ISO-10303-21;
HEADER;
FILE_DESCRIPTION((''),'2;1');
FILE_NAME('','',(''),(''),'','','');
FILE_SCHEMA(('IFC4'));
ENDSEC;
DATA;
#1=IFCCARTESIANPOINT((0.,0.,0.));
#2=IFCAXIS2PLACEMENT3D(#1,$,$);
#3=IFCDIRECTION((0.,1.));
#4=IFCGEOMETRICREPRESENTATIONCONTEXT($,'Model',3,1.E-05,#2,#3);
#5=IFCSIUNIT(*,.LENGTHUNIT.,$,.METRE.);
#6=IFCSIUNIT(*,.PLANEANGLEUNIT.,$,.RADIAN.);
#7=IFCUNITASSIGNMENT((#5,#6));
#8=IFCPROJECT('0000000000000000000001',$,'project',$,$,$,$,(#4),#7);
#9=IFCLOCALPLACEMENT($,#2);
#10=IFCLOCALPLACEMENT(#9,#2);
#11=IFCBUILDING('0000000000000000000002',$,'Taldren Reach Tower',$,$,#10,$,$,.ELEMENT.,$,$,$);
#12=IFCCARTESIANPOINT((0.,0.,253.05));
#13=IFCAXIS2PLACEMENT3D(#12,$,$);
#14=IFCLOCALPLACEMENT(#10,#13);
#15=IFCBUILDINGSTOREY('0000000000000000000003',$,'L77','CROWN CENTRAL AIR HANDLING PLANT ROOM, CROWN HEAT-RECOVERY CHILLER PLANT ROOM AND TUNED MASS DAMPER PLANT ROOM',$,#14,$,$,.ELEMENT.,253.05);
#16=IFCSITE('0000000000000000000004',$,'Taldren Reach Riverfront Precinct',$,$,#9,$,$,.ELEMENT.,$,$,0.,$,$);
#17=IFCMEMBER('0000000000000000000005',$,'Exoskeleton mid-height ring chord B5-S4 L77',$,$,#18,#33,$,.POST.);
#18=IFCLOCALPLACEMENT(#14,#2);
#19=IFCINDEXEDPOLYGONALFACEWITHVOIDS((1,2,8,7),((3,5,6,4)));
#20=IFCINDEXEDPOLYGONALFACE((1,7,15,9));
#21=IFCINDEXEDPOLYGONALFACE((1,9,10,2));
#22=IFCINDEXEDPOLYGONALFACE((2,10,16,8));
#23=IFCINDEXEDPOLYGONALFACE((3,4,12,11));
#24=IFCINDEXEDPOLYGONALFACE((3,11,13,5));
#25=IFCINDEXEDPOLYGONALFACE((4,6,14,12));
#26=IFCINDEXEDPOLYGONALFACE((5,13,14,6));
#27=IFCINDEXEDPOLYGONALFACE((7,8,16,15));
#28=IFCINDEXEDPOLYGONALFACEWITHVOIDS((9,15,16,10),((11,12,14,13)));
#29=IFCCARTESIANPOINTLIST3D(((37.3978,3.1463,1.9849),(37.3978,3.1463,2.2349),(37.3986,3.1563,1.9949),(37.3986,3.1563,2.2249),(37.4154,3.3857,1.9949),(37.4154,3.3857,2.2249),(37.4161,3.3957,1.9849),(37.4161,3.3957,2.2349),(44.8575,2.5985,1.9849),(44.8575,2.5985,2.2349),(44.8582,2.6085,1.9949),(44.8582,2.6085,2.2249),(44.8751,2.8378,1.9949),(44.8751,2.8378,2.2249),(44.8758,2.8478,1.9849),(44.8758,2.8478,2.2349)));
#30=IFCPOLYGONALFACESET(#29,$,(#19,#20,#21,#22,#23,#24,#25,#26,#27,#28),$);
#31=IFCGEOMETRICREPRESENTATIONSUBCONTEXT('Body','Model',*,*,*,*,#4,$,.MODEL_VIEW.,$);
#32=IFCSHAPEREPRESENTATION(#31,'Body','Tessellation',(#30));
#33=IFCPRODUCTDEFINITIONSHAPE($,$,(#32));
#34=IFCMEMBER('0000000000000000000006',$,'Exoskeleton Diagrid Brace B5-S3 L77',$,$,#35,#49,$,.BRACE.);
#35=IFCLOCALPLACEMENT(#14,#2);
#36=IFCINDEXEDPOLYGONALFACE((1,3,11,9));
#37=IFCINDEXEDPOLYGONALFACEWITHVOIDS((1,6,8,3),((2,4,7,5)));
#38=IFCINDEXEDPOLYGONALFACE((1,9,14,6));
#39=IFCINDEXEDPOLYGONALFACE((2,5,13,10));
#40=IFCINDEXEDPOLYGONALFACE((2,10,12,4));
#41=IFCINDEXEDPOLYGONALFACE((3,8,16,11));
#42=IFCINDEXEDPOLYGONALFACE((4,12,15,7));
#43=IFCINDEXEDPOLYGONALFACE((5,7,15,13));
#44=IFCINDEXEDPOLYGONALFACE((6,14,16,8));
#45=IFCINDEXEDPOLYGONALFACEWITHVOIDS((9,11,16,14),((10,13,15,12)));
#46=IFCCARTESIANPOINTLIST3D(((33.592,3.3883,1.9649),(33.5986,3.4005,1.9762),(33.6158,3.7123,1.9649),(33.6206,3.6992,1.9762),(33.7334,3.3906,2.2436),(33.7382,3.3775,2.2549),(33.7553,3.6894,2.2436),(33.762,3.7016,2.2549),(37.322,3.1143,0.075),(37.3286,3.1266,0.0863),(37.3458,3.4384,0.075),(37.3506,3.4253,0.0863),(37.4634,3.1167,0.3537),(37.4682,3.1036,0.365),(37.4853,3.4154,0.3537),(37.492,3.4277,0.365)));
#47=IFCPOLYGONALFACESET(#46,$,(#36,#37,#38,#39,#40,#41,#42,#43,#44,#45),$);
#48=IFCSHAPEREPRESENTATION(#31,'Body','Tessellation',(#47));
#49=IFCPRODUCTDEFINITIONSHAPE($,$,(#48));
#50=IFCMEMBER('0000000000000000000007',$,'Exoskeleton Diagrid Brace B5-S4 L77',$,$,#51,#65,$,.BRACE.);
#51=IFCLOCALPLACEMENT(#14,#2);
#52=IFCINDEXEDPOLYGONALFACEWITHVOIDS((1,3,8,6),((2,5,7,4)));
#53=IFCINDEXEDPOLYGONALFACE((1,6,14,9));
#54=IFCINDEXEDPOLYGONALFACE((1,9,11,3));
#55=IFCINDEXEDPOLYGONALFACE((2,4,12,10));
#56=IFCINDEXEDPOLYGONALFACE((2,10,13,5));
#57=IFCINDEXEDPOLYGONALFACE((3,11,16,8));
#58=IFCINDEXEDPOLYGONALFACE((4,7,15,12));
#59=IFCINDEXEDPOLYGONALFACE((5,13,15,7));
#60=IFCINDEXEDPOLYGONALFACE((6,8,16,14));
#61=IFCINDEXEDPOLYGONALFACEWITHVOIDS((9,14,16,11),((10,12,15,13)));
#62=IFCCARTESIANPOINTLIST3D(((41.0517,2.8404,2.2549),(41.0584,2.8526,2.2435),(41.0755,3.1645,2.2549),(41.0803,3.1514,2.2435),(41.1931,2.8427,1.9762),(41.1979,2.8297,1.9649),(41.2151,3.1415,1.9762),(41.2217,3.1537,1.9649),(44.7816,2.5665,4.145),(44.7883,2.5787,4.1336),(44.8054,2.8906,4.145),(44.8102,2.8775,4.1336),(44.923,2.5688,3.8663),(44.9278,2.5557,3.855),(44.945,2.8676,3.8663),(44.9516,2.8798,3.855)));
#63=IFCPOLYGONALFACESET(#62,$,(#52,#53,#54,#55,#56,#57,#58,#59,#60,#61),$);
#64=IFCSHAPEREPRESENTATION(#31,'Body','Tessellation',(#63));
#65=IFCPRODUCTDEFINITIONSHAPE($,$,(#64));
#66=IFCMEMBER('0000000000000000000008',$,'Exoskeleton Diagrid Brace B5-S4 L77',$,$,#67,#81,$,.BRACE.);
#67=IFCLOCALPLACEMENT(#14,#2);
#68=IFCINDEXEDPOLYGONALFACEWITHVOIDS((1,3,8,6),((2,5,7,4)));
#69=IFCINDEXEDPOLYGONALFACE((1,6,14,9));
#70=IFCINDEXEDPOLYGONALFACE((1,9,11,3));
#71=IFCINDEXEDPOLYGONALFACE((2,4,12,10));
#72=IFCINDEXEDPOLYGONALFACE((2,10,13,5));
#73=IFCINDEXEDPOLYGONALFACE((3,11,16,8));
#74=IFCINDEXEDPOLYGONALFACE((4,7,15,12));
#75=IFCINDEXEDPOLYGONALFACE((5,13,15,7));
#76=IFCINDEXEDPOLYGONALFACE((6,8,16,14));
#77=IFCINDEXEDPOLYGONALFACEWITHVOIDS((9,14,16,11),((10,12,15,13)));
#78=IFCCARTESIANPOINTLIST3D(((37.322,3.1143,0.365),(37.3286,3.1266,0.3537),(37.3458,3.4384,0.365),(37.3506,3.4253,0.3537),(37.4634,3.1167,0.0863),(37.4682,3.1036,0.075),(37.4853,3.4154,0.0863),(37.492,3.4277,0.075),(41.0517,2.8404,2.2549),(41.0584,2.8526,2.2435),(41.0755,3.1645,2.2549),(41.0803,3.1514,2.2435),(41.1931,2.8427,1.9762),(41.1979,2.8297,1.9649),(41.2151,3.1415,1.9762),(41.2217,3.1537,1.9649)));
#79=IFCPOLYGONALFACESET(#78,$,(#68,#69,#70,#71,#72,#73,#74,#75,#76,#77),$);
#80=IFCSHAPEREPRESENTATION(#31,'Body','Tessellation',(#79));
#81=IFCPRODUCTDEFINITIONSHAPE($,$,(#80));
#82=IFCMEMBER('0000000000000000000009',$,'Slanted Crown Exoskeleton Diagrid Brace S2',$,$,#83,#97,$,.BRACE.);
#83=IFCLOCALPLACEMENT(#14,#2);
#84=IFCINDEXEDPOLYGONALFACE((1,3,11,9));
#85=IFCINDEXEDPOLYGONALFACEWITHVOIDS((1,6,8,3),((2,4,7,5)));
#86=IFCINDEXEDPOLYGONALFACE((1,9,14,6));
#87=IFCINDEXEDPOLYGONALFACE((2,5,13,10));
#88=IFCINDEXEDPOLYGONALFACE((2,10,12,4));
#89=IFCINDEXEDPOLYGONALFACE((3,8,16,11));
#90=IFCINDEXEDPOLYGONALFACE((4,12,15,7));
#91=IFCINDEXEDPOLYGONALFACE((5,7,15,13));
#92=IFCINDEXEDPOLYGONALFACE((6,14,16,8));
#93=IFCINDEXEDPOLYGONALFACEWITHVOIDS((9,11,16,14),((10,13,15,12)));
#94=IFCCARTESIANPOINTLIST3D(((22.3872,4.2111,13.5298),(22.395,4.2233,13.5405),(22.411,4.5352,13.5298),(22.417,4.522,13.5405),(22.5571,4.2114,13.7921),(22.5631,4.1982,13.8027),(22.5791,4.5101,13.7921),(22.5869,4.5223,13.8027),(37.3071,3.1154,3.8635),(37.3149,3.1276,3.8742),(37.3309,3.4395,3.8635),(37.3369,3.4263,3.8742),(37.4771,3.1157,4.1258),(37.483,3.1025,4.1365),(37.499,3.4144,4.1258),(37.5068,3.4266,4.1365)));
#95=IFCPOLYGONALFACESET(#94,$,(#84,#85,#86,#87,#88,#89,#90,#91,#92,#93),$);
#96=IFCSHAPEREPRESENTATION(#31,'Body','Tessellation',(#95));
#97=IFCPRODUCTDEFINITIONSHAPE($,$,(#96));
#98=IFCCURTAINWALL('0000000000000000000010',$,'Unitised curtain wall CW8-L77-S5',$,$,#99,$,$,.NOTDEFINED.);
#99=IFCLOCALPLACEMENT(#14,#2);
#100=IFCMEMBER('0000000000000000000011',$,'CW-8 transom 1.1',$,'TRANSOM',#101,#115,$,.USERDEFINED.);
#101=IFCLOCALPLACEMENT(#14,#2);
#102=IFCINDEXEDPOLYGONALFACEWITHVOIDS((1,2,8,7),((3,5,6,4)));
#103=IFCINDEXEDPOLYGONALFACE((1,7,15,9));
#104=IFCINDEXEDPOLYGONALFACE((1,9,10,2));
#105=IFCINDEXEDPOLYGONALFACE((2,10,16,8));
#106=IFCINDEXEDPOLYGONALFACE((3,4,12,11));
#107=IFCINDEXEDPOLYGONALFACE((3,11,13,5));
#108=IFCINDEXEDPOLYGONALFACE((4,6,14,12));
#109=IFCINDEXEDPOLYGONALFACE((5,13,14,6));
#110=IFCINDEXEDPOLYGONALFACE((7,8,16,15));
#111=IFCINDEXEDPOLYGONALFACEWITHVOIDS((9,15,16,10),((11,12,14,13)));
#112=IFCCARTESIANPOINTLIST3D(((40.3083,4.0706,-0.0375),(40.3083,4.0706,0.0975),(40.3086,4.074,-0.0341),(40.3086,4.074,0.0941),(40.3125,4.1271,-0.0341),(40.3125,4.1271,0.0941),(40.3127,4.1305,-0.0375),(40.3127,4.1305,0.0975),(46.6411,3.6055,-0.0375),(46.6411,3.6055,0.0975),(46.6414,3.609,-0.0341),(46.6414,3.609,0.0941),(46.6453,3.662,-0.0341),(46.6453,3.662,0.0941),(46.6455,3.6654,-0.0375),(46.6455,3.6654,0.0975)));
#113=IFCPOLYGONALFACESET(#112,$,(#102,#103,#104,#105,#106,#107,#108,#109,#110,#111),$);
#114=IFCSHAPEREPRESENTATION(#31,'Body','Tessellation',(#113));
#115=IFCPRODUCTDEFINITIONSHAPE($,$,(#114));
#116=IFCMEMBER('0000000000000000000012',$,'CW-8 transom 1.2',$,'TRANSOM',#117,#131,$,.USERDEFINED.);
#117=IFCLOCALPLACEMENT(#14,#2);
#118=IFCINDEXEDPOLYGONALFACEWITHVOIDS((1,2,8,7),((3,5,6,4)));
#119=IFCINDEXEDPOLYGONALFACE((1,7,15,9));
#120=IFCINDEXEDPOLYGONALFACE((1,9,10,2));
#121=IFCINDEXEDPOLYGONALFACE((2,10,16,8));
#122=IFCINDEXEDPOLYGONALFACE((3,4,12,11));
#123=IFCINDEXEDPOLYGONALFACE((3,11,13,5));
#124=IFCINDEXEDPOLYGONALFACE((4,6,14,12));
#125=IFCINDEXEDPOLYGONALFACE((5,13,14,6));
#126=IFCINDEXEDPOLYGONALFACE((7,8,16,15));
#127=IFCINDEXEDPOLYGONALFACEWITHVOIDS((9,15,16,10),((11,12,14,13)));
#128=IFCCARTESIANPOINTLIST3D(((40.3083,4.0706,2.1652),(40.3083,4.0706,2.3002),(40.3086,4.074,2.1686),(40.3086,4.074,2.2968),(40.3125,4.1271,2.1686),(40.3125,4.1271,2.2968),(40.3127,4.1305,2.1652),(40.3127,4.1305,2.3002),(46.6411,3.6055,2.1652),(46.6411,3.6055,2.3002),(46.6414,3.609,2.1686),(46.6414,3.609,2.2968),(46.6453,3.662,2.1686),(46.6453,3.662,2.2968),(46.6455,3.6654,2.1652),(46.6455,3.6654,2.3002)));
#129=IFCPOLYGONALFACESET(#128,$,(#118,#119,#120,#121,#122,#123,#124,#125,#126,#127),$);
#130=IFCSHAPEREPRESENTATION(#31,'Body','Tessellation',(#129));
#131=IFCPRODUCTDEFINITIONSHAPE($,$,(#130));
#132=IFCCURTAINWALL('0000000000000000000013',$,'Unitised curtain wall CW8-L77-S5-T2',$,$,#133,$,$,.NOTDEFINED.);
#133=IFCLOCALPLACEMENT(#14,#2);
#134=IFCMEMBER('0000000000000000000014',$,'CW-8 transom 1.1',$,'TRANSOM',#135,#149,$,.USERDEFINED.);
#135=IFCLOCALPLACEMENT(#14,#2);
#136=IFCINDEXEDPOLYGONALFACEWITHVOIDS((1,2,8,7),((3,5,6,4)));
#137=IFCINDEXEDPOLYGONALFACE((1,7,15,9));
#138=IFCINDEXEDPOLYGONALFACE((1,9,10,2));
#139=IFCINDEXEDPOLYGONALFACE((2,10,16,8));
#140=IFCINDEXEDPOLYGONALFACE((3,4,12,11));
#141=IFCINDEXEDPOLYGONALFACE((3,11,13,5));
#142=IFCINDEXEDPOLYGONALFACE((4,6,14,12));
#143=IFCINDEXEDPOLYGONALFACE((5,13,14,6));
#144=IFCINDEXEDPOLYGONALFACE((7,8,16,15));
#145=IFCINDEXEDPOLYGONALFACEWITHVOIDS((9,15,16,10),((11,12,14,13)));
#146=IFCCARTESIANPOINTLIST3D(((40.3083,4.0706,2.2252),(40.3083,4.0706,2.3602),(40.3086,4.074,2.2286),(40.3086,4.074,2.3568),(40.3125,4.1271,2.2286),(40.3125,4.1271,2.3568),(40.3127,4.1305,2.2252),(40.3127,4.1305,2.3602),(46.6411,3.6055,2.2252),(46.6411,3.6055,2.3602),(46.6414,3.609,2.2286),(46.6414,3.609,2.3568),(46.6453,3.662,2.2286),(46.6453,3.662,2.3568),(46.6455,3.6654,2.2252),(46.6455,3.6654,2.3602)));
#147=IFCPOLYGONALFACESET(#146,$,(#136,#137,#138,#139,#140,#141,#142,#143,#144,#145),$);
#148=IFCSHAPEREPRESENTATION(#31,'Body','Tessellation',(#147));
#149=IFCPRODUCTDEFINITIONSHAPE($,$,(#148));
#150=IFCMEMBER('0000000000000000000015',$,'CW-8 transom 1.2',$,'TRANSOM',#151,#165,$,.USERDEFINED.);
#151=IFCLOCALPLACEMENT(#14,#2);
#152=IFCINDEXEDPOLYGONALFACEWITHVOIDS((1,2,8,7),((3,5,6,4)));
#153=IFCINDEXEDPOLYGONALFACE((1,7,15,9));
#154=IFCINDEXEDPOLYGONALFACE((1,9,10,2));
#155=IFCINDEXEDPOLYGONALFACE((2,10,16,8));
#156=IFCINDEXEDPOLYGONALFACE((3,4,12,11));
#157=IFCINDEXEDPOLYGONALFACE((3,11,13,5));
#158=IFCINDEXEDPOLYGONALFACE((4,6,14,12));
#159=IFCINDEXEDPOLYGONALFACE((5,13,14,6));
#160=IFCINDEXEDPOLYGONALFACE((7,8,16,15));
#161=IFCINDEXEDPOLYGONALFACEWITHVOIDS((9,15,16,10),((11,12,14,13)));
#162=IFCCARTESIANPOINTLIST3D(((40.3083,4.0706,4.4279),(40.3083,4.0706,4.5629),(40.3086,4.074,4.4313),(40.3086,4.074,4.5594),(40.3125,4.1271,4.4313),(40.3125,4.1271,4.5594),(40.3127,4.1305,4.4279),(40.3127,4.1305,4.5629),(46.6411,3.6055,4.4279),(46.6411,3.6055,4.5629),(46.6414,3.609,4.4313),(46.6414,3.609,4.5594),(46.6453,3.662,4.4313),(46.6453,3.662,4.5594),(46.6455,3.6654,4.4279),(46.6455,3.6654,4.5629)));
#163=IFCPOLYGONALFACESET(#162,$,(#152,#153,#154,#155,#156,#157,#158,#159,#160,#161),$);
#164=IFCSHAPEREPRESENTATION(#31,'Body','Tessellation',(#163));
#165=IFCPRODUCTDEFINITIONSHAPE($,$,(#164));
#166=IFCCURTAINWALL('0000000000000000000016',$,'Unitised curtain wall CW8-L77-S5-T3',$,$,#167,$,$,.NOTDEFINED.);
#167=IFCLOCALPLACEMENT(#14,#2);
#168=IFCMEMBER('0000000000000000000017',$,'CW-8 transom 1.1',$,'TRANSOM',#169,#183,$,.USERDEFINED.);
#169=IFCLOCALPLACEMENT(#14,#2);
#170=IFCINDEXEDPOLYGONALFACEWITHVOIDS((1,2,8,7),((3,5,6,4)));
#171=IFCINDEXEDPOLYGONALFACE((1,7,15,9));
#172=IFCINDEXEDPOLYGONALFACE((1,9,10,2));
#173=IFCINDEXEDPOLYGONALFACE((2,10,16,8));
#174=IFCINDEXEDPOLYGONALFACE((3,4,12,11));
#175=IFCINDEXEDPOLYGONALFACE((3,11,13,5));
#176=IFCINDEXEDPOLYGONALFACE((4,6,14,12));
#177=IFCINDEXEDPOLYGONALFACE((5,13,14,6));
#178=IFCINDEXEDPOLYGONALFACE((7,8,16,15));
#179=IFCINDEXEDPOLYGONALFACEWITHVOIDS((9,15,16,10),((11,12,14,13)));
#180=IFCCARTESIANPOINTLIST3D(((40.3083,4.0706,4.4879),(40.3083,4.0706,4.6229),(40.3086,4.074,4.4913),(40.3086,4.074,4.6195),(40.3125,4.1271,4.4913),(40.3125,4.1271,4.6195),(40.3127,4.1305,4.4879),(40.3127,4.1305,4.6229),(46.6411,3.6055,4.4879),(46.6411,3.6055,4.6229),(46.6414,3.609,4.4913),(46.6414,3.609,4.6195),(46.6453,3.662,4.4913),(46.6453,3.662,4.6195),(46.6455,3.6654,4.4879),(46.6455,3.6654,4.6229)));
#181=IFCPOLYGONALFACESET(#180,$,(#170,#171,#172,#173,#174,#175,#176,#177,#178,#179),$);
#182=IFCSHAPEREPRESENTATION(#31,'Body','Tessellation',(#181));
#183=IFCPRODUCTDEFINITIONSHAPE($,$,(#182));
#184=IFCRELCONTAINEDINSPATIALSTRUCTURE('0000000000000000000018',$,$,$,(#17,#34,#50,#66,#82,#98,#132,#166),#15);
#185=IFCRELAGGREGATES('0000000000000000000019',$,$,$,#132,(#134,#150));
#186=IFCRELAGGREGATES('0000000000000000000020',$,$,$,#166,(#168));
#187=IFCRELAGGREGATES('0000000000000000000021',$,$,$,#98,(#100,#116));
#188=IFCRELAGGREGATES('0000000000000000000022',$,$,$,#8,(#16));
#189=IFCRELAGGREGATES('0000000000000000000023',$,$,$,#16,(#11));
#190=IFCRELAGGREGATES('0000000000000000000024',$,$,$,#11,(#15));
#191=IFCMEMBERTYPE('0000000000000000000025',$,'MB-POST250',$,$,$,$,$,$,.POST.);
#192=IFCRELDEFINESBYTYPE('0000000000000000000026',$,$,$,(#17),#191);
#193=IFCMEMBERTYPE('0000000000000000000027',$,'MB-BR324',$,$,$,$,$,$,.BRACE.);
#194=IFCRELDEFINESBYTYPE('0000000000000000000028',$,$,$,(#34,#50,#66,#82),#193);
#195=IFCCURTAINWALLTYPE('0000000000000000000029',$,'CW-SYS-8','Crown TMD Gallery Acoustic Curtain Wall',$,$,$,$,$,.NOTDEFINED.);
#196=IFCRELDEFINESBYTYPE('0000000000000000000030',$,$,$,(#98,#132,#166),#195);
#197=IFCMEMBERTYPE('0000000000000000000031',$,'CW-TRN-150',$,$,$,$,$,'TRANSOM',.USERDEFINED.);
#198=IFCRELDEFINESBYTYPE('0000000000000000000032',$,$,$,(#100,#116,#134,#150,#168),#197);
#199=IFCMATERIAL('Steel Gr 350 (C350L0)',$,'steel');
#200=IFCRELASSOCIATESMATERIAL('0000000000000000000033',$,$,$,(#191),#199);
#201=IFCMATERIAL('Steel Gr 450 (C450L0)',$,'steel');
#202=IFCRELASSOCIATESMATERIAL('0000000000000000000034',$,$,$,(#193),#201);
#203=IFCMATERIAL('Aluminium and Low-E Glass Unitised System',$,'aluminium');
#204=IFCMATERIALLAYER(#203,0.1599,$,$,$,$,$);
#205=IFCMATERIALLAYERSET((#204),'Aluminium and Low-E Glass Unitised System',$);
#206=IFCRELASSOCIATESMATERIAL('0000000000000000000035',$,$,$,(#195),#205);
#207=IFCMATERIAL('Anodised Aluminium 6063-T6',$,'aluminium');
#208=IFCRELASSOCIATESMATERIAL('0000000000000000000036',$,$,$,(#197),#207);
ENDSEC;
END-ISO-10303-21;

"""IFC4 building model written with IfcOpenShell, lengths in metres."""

from ifc_helpers import new_model, si_unit, direction, frame, origin, origin_2d, place, context, subcontext, project, spatial, hollow_rectangle, extrude, source, transform, mapped, material, layer, layer_set, material_profile, profile_set, type_object, element, aggregate, save


model = new_model("IFC4")

# Units and contexts
model_context = context("Model", 3, precision=1e-05, world=origin(), true_north=direction((0.0, 1.0)))
body_context = subcontext(model_context, "Body", "Model", "MODEL_VIEW")
ifc_project = project(units=[si_unit("LENGTHUNIT", "METRE"), si_unit("PLANEANGLEUNIT", "RADIAN")], contexts=[model_context])

# Site, building, storey
site_placement = place(None, origin())
site = spatial("IfcSite", under=ifc_project, at=site_placement, Name="Taldren Reach Riverfront Precinct", CompositionType="ELEMENT", RefElevation=0.0)
building_placement = place(site_placement, origin())
building = spatial("IfcBuilding", under=site, at=building_placement, Name="Taldren Reach Tower", CompositionType="ELEMENT")
storey_placement = place(building_placement, frame((0.0, 0.0, 253.05)))
storey = spatial("IfcBuildingStorey", under=building, at=storey_placement, Name="L77", Description="CROWN CENTRAL AIR HANDLING PLANT ROOM, CROWN HEAT-RECOVERY CHILLER PLANT ROOM AND TUNED MASS DAMPER PLANT ROOM", CompositionType="ELEMENT", Elevation=253.05)

# Members
ifc_material_1 = material(Name="Steel Gr 350 (C350L0)", Category="steel")
ifc_material_profile_1 = material_profile(ifc_material_1, hollow_rectangle(XDim=0.25, YDim=0.25, WallThickness=0.01, at=origin_2d()), Name="250x250x10.0SHS")
ifc_profile_set_1 = profile_set([ifc_material_profile_1], Name="Steel Gr 350 (C350L0)")
member_type_1 = type_object("IfcMemberType", Name="MB-POST250", PredefinedType="POST", material=ifc_profile_set_1)
shared_shape_1 = source(origin(), body_context, "Body", "SweptSolid", [
    extrude(hollow_rectangle(XDim=0.25, YDim=0.25, WallThickness=0.01, at=origin_2d()), origin(), (0.0, 0.0, 1.0), 7.4797),
])
member_1_placement = place(storey_placement, frame((37.407, 3.271, 2.1099), z_axis=(0.997314, -0.073244, 0.0), x_axis=(0.073244, 0.997314, 0.0)))
element("IfcMember", 1, at=member_1_placement, inside=storey, type_object=member_type_1, Name="Exoskeleton mid-height ring chord B5-S4 L77", PredefinedType="POST", context=body_context, shape_type="MappedRepresentation", body=[
    mapped(shared_shape_1, transform((0.0, 0.0, 0.0), scale=1.0)),
])
ifc_material_2 = material(Name="Steel Gr 450 (C450L0)", Category="steel")
ifc_material_profile_2 = material_profile(ifc_material_2, hollow_rectangle(XDim=0.325, YDim=0.325, WallThickness=0.0127, at=origin_2d()), Name="325x325x12.7SHS")
ifc_profile_set_2 = profile_set([ifc_material_profile_2], Name="Steel Gr 450 (C450L0)")
member_type_2 = type_object("IfcMemberType", Name="MB-BR324", PredefinedType="BRACE", material=ifc_profile_set_2)
shared_shape_2 = source(origin(), body_context, "Body", "SweptSolid", [
    extrude(hollow_rectangle(XDim=0.325, YDim=0.325, WallThickness=0.0127, at=origin_2d()), origin(), (0.0, 0.0, 1.0), 4.1904),
])
for number, where, z_axis, x_axis, name in (
    (2, (37.407, 3.271, 0.22), (-0.890124, 0.06537, 0.451005), (-0.073242, -0.997314, 0.0), "Exoskeleton Diagrid Brace B5-S3 L77"),
    (3, (41.1367, 2.9971, 2.1099), (0.890101, -0.065368, 0.451051), (0.073242, 0.997314, 0.0), "Exoskeleton Diagrid Brace B5-S4 L77"),
):
    element("IfcMember", number, at=place(storey_placement, frame(where, z_axis=z_axis, x_axis=x_axis)), inside=storey, type_object=member_type_2, Name=name, PredefinedType="BRACE", context=body_context, shape_type="MappedRepresentation", body=[
        mapped(shared_shape_2, transform((0.0, 0.0, 0.0), scale=1.0)),
    ])
shared_shape_3 = source(origin(), body_context, "Body", "SweptSolid", [
    extrude(hollow_rectangle(XDim=0.325, YDim=0.325, WallThickness=0.0127, at=origin_2d()), origin(), (0.0, 0.0, 1.0), 4.1902),
])
member_2_placement = place(storey_placement, frame((37.407, 3.271, 0.22), z_axis=(0.890112, -0.065373, 0.451028), x_axis=(0.073246, 0.997314, 0.0)))
element("IfcMember", 4, at=member_2_placement, inside=storey, type_object=member_type_2, Name="Exoskeleton Diagrid Brace B5-S4 L77", PredefinedType="BRACE", context=body_context, shape_type="MappedRepresentation", body=[
    mapped(shared_shape_3, transform((0.0, 0.0, 0.0), scale=1.0)),
])
shared_shape_4 = source(origin(), body_context, "Body", "SweptSolid", [
    extrude(hollow_rectangle(XDim=0.325, YDim=0.325, WallThickness=0.0127, at=origin_2d()), origin(), (0.0, 0.0, 1.0), 17.8113),
])
member_3_placement = place(storey_placement, frame((37.407, 3.271, 4.0), z_axis=(-0.837668, 0.061517, 0.542705), x_axis=(-0.073242, -0.997314, 0.0)))
element("IfcMember", 5, at=member_3_placement, inside=storey, type_object=member_type_2, Name="Slanted Crown Exoskeleton Diagrid Brace S2", PredefinedType="BRACE", context=body_context, shape_type="MappedRepresentation", body=[
    mapped(shared_shape_4, transform((0.0, 0.0, 0.0), scale=1.0)),
])

# Curtain walls, members
ifc_material_3 = material(Name="Aluminium and Low-E Glass Unitised System", Category="aluminium")
ifc_layer_1 = layer(ifc_material_3, 0.1599)
ifc_layer_set_1 = layer_set([ifc_layer_1], Name="Aluminium and Low-E Glass Unitised System")
curtain_wall_type = type_object("IfcCurtainWallType", Name="CW-SYS-8", Description="Crown TMD Gallery Acoustic Curtain Wall", PredefinedType="NOTDEFINED", material=ifc_layer_set_1)
curtain_wall_1_placement = place(storey_placement, origin())
curtain_wall_1 = element("IfcCurtainWall", 6, at=curtain_wall_1_placement, inside=storey, type_object=curtain_wall_type, Name="Unitised curtain wall CW8-L77-S5", PredefinedType="NOTDEFINED")
ifc_material_4 = material(Name="Anodised Aluminium 6063-T6", Category="aluminium")
ifc_material_profile_3 = material_profile(ifc_material_4, hollow_rectangle(XDim=0.0601, YDim=0.135, WallThickness=0.0034, at=origin_2d()), Name="ALU-135x60x3.5RHS")
ifc_profile_set_3 = profile_set([ifc_material_profile_3], Name="Anodised Aluminium 6063-T6")
member_type_3 = type_object("IfcMemberType", Name="CW-TRN-150", ElementType="TRANSOM", PredefinedType="USERDEFINED", material=ifc_profile_set_3)
shared_shape_5 = source(origin(), body_context, "Body", "SweptSolid", [
    extrude(hollow_rectangle(XDim=0.0601, YDim=0.135, WallThickness=0.0034, at=origin_2d()), origin(), (0.0, 0.0, 1.0), 6.3499),
])
member_4_placement = place(storey_placement, frame((40.3105, 4.1006, 0.03), z_axis=(0.997314, -0.073244, 0.0), x_axis=(0.073244, 0.997314, 0.0)))
member_4 = element("IfcMember", 7, at=member_4_placement, type_object=member_type_3, Name="CW-8 transom 1.1", ObjectType="TRANSOM", PredefinedType="USERDEFINED", context=body_context, shape_type="MappedRepresentation", body=[
    mapped(shared_shape_5, transform((0.0, 0.0, 0.0), scale=1.0)),
])
member_5_placement = place(storey_placement, frame((40.3105, 4.1006, 2.2327), z_axis=(0.997314, -0.073244, 0.0), x_axis=(0.073244, 0.997314, 0.0)))
member_5 = element("IfcMember", 8, at=member_5_placement, type_object=member_type_3, Name="CW-8 transom 1.2", ObjectType="TRANSOM", PredefinedType="USERDEFINED", context=body_context, shape_type="MappedRepresentation", body=[
    mapped(shared_shape_5, transform((0.0, 0.0, 0.0), scale=1.0)),
])
curtain_wall_2_placement = place(storey_placement, origin())
curtain_wall_2 = element("IfcCurtainWall", 9, at=curtain_wall_2_placement, inside=storey, type_object=curtain_wall_type, Name="Unitised curtain wall CW8-L77-S5-T2", PredefinedType="NOTDEFINED")
member_6_placement = place(storey_placement, frame((40.3105, 4.1006, 2.2927), z_axis=(0.997314, -0.073244, 0.0), x_axis=(0.073244, 0.997314, 0.0)))
member_6 = element("IfcMember", 10, at=member_6_placement, type_object=member_type_3, Name="CW-8 transom 1.1", ObjectType="TRANSOM", PredefinedType="USERDEFINED", context=body_context, shape_type="MappedRepresentation", body=[
    mapped(shared_shape_5, transform((0.0, 0.0, 0.0), scale=1.0)),
])
member_7_placement = place(storey_placement, frame((40.3105, 4.1006, 4.4954), z_axis=(0.997314, -0.073244, 0.0), x_axis=(0.073244, 0.997314, 0.0)))
member_7 = element("IfcMember", 11, at=member_7_placement, type_object=member_type_3, Name="CW-8 transom 1.2", ObjectType="TRANSOM", PredefinedType="USERDEFINED", context=body_context, shape_type="MappedRepresentation", body=[
    mapped(shared_shape_5, transform((0.0, 0.0, 0.0), scale=1.0)),
])
curtain_wall_3_placement = place(storey_placement, origin())
curtain_wall_3 = element("IfcCurtainWall", 12, at=curtain_wall_3_placement, inside=storey, type_object=curtain_wall_type, Name="Unitised curtain wall CW8-L77-S5-T3", PredefinedType="NOTDEFINED")
member_8_placement = place(storey_placement, frame((40.3105, 4.1006, 4.5554), z_axis=(0.997314, -0.073244, 0.0), x_axis=(0.073244, 0.997314, 0.0)))
member_8 = element("IfcMember", 13, at=member_8_placement, type_object=member_type_3, Name="CW-8 transom 1.1", ObjectType="TRANSOM", PredefinedType="USERDEFINED", context=body_context, shape_type="MappedRepresentation", body=[
    mapped(shared_shape_5, transform((0.0, 0.0, 0.0), scale=1.0)),
])

aggregate(curtain_wall_2, [member_6, member_7])
aggregate(curtain_wall_3, [member_8])

aggregate(curtain_wall_1, [member_4, member_5])

save(model, "model.ifc")
